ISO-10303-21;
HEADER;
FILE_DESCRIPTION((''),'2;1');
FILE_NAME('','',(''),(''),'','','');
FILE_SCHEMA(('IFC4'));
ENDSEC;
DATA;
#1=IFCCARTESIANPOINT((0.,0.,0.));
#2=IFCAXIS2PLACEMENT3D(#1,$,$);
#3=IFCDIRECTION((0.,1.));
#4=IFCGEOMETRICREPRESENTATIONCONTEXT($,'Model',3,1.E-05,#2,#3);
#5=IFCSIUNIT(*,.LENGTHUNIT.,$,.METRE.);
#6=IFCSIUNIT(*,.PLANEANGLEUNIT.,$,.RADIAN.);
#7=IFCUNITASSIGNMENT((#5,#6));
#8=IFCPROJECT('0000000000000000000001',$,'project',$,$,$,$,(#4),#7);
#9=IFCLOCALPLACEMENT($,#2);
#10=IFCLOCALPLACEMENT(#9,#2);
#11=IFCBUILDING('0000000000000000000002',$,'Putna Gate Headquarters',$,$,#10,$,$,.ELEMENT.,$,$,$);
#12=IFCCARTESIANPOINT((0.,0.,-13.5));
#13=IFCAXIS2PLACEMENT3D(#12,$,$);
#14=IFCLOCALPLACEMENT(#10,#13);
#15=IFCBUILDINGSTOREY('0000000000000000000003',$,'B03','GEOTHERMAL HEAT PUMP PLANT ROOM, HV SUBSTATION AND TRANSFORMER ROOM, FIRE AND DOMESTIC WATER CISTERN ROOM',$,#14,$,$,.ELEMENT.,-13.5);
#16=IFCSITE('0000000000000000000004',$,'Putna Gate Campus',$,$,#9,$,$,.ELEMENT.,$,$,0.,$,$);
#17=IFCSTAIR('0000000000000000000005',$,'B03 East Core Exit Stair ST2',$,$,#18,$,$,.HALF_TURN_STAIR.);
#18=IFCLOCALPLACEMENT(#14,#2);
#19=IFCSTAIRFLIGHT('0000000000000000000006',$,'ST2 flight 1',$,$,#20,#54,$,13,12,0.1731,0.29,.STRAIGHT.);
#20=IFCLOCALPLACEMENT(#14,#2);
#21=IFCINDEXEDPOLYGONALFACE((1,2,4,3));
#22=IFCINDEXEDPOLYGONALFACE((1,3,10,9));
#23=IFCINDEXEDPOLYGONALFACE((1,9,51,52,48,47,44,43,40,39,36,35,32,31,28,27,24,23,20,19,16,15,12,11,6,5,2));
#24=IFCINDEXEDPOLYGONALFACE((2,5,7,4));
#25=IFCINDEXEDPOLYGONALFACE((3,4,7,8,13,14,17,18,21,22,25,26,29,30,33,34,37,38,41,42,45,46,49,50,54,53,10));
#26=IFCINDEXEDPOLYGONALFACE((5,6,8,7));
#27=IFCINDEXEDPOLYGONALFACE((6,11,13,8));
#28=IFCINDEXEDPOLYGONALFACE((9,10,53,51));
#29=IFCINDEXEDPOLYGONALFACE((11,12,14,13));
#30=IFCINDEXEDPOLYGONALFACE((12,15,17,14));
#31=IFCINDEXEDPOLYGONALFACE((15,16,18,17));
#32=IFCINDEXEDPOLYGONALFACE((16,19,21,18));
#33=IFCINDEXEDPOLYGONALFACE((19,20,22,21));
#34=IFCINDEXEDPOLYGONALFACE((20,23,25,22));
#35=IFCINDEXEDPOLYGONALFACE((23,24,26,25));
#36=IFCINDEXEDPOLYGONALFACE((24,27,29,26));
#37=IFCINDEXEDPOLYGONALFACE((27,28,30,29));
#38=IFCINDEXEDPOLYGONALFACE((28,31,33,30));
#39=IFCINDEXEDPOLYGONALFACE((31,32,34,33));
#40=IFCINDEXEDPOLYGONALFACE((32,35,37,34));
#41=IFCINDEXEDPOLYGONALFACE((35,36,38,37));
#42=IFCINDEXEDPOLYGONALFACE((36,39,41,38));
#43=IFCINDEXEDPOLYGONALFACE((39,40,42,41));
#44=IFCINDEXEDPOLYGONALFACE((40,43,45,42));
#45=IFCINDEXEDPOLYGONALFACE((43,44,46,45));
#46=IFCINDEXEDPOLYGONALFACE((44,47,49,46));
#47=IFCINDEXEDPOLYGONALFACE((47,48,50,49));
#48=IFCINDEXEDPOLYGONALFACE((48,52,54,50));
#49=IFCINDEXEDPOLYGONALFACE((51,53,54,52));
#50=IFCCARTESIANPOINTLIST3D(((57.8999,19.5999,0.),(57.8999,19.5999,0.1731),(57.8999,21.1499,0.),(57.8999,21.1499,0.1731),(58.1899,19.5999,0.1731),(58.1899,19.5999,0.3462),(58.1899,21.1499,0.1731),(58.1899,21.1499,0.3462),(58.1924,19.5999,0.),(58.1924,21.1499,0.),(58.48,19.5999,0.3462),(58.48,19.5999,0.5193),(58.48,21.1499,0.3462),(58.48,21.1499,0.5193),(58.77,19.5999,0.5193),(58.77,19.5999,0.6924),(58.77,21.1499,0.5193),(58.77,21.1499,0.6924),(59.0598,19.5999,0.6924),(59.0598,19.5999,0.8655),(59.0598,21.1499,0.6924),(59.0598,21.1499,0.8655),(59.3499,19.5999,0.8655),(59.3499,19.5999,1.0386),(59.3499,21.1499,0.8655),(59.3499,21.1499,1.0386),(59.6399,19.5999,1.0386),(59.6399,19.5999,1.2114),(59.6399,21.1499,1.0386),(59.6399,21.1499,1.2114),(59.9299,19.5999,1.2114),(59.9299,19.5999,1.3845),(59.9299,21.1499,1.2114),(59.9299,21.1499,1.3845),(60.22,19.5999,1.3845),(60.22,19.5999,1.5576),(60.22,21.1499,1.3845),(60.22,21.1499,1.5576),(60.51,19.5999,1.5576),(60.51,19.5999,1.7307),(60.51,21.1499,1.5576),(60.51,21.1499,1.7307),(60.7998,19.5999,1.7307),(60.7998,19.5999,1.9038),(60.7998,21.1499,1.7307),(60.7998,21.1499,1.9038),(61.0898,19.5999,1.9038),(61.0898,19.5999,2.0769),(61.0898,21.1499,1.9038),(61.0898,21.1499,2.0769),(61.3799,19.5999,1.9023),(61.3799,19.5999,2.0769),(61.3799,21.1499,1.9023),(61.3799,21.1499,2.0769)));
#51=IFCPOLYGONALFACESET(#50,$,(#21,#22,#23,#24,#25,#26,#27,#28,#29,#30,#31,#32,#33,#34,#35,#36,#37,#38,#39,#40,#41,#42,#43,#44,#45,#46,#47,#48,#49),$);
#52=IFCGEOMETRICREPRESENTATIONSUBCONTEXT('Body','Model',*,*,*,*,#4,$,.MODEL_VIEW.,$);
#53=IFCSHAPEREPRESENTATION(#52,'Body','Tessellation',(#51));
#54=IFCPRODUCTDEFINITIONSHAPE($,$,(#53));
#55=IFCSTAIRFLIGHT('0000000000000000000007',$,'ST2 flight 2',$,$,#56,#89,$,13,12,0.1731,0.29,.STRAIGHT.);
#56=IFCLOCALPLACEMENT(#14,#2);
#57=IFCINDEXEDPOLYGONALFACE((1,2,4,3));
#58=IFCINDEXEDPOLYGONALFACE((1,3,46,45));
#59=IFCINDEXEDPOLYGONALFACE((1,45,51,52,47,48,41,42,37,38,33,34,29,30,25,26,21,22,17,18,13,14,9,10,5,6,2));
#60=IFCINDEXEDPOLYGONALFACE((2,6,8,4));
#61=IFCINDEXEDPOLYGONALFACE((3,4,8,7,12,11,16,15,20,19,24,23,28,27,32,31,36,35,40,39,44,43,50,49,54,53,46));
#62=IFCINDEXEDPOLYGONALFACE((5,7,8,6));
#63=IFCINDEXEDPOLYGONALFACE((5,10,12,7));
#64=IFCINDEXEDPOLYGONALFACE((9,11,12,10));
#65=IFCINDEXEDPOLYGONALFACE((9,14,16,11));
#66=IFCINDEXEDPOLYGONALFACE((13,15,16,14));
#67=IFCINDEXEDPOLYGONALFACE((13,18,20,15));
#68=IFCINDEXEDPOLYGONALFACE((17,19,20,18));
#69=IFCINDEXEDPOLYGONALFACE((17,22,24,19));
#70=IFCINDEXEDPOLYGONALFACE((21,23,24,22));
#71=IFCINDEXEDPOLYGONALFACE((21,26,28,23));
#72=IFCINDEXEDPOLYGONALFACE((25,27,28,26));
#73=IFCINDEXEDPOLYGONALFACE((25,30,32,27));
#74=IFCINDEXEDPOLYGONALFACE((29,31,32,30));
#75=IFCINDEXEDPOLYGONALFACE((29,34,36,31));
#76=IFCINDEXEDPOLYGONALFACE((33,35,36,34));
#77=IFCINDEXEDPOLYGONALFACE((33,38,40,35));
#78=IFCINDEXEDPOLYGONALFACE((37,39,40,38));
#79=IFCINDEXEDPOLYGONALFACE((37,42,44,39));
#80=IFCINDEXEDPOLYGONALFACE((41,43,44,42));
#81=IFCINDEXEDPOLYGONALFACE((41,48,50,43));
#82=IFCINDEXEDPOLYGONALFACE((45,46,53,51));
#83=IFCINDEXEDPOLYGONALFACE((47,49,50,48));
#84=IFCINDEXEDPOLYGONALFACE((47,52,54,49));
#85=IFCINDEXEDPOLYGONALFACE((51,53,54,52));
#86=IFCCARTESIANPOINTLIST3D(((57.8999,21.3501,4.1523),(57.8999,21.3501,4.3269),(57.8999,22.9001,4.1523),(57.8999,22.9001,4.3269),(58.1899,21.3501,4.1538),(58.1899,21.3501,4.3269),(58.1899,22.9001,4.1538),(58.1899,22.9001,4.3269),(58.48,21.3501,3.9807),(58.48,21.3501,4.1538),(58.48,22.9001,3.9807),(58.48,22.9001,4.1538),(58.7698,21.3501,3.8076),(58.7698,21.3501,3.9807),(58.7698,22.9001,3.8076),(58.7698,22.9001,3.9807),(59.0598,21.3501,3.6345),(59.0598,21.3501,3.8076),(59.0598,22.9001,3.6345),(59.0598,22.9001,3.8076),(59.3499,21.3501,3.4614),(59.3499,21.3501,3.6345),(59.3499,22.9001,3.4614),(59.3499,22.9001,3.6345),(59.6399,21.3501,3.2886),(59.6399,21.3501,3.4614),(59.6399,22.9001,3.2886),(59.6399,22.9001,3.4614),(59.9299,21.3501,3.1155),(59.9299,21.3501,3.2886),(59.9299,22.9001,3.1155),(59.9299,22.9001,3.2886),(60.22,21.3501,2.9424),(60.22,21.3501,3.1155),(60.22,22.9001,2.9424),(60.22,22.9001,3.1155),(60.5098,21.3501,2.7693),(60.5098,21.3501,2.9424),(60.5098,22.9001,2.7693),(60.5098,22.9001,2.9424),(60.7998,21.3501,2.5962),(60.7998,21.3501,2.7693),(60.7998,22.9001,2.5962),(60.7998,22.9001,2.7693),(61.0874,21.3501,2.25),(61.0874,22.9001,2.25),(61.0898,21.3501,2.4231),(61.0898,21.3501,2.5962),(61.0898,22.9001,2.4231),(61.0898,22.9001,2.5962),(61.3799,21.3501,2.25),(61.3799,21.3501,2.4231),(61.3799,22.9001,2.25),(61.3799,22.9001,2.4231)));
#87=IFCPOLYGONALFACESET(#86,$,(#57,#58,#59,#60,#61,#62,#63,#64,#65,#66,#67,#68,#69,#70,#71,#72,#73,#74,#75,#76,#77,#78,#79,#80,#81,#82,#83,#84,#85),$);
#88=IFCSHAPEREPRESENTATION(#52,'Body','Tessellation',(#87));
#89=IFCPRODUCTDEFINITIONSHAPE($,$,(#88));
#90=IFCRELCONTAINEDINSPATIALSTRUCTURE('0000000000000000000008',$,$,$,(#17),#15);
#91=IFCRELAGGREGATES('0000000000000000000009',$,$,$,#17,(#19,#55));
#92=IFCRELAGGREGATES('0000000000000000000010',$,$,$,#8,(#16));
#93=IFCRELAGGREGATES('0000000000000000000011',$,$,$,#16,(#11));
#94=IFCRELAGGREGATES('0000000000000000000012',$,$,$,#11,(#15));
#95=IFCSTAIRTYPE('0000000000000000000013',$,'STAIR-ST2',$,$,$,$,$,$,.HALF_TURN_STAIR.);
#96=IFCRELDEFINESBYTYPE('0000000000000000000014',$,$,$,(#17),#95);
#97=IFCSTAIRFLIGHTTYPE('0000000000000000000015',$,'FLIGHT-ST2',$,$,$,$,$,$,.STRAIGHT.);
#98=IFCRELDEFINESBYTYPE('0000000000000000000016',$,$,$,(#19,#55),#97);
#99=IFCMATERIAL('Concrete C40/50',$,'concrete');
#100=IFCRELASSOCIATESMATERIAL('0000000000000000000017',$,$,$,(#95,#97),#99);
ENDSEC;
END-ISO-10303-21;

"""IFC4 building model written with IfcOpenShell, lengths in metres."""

from ifc_helpers import new_model, si_unit, direction, frame, origin, place, context, subcontext, project, spatial, polyline, outline, extrude, material, type_object, element, aggregate, save


model = new_model("IFC4")

# Units and contexts
model_context = context("Model", 3, precision=1e-05, world=origin(), true_north=direction((0.0, 1.0)))
body_context = subcontext(model_context, "Body", "Model", "MODEL_VIEW")
ifc_project = project(units=[si_unit("LENGTHUNIT", "METRE"), si_unit("PLANEANGLEUNIT", "RADIAN")], contexts=[model_context])

# Site, building, storey
site_placement = place(None, origin())
site = spatial("IfcSite", under=ifc_project, at=site_placement, Name="Putna Gate Campus", CompositionType="ELEMENT", RefElevation=0.0)
building_placement = place(site_placement, origin())
building = spatial("IfcBuilding", under=site, at=building_placement, Name="Putna Gate Headquarters", CompositionType="ELEMENT")
storey_placement = place(building_placement, frame((0.0, 0.0, -13.5)))
storey = spatial("IfcBuildingStorey", under=building, at=storey_placement, Name="B03", Description="GEOTHERMAL HEAT PUMP PLANT ROOM, HV SUBSTATION AND TRANSFORMER ROOM, FIRE AND DOMESTIC WATER CISTERN ROOM", CompositionType="ELEMENT", Elevation=-13.5)

# Shared definitions
ifc_material_1 = material(Name="Concrete C40/50", Category="concrete")

# Stair, stair flights
stair_type = type_object("IfcStairType", Name="STAIR-ST2", PredefinedType="HALF_TURN_STAIR", material=ifc_material_1)
stair_placement = place(storey_placement, origin())
stair = element("IfcStair", 1, at=stair_placement, inside=storey, type_object=stair_type, Name="B03 East Core Exit Stair ST2", PredefinedType="HALF_TURN_STAIR")
stair_flight_type = type_object("IfcStairFlightType", Name="FLIGHT-ST2", PredefinedType="STRAIGHT", material=ifc_material_1)
stair_flight_1_placement = place(storey_placement, frame((57.8999, 20.375, 0.0), z_axis=(0.0, 0.0, 1.0), x_axis=(1.0, 0.0, 0.0)))
stair_flight_1 = element("IfcStairFlight", 2, at=stair_flight_1_placement, type_object=stair_flight_type, Name="ST2 flight 1", NumberOfRisers=13, NumberOfTreads=12, PredefinedType="STRAIGHT", RiserHeight=0.1731, TreadLength=0.29, context=body_context, shape_type="SweptSolid", body=[
    extrude(outline(polyline([(0.0, 0.0), (0.0, 0.1731), (0.29, 0.1731), (0.29, 0.3462), (0.5801, 0.3462), (0.5801, 0.5193), (0.8701, 0.5193), (0.8701, 0.6924), (1.1599, 0.6924), (1.1599, 0.8655), (1.45, 0.8655), (1.45, 1.0386), (1.74, 1.0386), (1.74, 1.2114), (2.03, 1.2114), (2.03, 1.3845), (2.3201, 1.3845), (2.3201, 1.5576), (2.6101, 1.5576), (2.6101, 1.7307), (2.8999, 1.7307), (2.8999, 1.9038), (3.1899, 1.9038), (3.1899, 2.0769), (3.48, 2.0769), (3.48, 2.25), (3.48, 1.9023), (0.2925, 0.0), (0.0, 0.0)])), frame((0.0, 0.7749, 0.0), z_axis=(0.0, -1.0, 0.0), x_axis=(1.0, 0.0, 0.0)), (0.0, 0.0, 1.0), 1.55),
])
stair_flight_2_placement = place(storey_placement, frame((61.3799, 22.125, 2.25), z_axis=(0.0, 0.0, 1.0), x_axis=(-1.0, 0.0, 0.0)))
stair_flight_2 = element("IfcStairFlight", 3, at=stair_flight_2_placement, type_object=stair_flight_type, Name="ST2 flight 2", NumberOfRisers=13, NumberOfTreads=12, PredefinedType="STRAIGHT", RiserHeight=0.1731, TreadLength=0.29, context=body_context, shape_type="SweptSolid", body=[
    extrude(outline(polyline([(0.0, 0.0), (0.0, 0.1731), (0.29, 0.1731), (0.29, 0.3462), (0.5801, 0.3462), (0.5801, 0.5193), (0.8701, 0.5193), (0.8701, 0.6924), (1.1599, 0.6924), (1.1599, 0.8655), (1.45, 0.8655), (1.45, 1.0386), (1.74, 1.0386), (1.74, 1.2114), (2.03, 1.2114), (2.03, 1.3845), (2.3201, 1.3845), (2.3201, 1.5576), (2.6101, 1.5576), (2.6101, 1.7307), (2.8999, 1.7307), (2.8999, 1.9038), (3.1899, 1.9038), (3.1899, 2.0769), (3.48, 2.0769), (3.48, 2.25), (3.48, 1.9023), (0.2925, 0.0), (0.0, 0.0)])), frame((0.0, 0.7749, 0.0), z_axis=(0.0, -1.0, 0.0), x_axis=(1.0, 0.0, 0.0)), (0.0, 0.0, 1.0), 1.55),
])
aggregate(stair, [stair_flight_1, stair_flight_2])

save(model, "model.ifc")
